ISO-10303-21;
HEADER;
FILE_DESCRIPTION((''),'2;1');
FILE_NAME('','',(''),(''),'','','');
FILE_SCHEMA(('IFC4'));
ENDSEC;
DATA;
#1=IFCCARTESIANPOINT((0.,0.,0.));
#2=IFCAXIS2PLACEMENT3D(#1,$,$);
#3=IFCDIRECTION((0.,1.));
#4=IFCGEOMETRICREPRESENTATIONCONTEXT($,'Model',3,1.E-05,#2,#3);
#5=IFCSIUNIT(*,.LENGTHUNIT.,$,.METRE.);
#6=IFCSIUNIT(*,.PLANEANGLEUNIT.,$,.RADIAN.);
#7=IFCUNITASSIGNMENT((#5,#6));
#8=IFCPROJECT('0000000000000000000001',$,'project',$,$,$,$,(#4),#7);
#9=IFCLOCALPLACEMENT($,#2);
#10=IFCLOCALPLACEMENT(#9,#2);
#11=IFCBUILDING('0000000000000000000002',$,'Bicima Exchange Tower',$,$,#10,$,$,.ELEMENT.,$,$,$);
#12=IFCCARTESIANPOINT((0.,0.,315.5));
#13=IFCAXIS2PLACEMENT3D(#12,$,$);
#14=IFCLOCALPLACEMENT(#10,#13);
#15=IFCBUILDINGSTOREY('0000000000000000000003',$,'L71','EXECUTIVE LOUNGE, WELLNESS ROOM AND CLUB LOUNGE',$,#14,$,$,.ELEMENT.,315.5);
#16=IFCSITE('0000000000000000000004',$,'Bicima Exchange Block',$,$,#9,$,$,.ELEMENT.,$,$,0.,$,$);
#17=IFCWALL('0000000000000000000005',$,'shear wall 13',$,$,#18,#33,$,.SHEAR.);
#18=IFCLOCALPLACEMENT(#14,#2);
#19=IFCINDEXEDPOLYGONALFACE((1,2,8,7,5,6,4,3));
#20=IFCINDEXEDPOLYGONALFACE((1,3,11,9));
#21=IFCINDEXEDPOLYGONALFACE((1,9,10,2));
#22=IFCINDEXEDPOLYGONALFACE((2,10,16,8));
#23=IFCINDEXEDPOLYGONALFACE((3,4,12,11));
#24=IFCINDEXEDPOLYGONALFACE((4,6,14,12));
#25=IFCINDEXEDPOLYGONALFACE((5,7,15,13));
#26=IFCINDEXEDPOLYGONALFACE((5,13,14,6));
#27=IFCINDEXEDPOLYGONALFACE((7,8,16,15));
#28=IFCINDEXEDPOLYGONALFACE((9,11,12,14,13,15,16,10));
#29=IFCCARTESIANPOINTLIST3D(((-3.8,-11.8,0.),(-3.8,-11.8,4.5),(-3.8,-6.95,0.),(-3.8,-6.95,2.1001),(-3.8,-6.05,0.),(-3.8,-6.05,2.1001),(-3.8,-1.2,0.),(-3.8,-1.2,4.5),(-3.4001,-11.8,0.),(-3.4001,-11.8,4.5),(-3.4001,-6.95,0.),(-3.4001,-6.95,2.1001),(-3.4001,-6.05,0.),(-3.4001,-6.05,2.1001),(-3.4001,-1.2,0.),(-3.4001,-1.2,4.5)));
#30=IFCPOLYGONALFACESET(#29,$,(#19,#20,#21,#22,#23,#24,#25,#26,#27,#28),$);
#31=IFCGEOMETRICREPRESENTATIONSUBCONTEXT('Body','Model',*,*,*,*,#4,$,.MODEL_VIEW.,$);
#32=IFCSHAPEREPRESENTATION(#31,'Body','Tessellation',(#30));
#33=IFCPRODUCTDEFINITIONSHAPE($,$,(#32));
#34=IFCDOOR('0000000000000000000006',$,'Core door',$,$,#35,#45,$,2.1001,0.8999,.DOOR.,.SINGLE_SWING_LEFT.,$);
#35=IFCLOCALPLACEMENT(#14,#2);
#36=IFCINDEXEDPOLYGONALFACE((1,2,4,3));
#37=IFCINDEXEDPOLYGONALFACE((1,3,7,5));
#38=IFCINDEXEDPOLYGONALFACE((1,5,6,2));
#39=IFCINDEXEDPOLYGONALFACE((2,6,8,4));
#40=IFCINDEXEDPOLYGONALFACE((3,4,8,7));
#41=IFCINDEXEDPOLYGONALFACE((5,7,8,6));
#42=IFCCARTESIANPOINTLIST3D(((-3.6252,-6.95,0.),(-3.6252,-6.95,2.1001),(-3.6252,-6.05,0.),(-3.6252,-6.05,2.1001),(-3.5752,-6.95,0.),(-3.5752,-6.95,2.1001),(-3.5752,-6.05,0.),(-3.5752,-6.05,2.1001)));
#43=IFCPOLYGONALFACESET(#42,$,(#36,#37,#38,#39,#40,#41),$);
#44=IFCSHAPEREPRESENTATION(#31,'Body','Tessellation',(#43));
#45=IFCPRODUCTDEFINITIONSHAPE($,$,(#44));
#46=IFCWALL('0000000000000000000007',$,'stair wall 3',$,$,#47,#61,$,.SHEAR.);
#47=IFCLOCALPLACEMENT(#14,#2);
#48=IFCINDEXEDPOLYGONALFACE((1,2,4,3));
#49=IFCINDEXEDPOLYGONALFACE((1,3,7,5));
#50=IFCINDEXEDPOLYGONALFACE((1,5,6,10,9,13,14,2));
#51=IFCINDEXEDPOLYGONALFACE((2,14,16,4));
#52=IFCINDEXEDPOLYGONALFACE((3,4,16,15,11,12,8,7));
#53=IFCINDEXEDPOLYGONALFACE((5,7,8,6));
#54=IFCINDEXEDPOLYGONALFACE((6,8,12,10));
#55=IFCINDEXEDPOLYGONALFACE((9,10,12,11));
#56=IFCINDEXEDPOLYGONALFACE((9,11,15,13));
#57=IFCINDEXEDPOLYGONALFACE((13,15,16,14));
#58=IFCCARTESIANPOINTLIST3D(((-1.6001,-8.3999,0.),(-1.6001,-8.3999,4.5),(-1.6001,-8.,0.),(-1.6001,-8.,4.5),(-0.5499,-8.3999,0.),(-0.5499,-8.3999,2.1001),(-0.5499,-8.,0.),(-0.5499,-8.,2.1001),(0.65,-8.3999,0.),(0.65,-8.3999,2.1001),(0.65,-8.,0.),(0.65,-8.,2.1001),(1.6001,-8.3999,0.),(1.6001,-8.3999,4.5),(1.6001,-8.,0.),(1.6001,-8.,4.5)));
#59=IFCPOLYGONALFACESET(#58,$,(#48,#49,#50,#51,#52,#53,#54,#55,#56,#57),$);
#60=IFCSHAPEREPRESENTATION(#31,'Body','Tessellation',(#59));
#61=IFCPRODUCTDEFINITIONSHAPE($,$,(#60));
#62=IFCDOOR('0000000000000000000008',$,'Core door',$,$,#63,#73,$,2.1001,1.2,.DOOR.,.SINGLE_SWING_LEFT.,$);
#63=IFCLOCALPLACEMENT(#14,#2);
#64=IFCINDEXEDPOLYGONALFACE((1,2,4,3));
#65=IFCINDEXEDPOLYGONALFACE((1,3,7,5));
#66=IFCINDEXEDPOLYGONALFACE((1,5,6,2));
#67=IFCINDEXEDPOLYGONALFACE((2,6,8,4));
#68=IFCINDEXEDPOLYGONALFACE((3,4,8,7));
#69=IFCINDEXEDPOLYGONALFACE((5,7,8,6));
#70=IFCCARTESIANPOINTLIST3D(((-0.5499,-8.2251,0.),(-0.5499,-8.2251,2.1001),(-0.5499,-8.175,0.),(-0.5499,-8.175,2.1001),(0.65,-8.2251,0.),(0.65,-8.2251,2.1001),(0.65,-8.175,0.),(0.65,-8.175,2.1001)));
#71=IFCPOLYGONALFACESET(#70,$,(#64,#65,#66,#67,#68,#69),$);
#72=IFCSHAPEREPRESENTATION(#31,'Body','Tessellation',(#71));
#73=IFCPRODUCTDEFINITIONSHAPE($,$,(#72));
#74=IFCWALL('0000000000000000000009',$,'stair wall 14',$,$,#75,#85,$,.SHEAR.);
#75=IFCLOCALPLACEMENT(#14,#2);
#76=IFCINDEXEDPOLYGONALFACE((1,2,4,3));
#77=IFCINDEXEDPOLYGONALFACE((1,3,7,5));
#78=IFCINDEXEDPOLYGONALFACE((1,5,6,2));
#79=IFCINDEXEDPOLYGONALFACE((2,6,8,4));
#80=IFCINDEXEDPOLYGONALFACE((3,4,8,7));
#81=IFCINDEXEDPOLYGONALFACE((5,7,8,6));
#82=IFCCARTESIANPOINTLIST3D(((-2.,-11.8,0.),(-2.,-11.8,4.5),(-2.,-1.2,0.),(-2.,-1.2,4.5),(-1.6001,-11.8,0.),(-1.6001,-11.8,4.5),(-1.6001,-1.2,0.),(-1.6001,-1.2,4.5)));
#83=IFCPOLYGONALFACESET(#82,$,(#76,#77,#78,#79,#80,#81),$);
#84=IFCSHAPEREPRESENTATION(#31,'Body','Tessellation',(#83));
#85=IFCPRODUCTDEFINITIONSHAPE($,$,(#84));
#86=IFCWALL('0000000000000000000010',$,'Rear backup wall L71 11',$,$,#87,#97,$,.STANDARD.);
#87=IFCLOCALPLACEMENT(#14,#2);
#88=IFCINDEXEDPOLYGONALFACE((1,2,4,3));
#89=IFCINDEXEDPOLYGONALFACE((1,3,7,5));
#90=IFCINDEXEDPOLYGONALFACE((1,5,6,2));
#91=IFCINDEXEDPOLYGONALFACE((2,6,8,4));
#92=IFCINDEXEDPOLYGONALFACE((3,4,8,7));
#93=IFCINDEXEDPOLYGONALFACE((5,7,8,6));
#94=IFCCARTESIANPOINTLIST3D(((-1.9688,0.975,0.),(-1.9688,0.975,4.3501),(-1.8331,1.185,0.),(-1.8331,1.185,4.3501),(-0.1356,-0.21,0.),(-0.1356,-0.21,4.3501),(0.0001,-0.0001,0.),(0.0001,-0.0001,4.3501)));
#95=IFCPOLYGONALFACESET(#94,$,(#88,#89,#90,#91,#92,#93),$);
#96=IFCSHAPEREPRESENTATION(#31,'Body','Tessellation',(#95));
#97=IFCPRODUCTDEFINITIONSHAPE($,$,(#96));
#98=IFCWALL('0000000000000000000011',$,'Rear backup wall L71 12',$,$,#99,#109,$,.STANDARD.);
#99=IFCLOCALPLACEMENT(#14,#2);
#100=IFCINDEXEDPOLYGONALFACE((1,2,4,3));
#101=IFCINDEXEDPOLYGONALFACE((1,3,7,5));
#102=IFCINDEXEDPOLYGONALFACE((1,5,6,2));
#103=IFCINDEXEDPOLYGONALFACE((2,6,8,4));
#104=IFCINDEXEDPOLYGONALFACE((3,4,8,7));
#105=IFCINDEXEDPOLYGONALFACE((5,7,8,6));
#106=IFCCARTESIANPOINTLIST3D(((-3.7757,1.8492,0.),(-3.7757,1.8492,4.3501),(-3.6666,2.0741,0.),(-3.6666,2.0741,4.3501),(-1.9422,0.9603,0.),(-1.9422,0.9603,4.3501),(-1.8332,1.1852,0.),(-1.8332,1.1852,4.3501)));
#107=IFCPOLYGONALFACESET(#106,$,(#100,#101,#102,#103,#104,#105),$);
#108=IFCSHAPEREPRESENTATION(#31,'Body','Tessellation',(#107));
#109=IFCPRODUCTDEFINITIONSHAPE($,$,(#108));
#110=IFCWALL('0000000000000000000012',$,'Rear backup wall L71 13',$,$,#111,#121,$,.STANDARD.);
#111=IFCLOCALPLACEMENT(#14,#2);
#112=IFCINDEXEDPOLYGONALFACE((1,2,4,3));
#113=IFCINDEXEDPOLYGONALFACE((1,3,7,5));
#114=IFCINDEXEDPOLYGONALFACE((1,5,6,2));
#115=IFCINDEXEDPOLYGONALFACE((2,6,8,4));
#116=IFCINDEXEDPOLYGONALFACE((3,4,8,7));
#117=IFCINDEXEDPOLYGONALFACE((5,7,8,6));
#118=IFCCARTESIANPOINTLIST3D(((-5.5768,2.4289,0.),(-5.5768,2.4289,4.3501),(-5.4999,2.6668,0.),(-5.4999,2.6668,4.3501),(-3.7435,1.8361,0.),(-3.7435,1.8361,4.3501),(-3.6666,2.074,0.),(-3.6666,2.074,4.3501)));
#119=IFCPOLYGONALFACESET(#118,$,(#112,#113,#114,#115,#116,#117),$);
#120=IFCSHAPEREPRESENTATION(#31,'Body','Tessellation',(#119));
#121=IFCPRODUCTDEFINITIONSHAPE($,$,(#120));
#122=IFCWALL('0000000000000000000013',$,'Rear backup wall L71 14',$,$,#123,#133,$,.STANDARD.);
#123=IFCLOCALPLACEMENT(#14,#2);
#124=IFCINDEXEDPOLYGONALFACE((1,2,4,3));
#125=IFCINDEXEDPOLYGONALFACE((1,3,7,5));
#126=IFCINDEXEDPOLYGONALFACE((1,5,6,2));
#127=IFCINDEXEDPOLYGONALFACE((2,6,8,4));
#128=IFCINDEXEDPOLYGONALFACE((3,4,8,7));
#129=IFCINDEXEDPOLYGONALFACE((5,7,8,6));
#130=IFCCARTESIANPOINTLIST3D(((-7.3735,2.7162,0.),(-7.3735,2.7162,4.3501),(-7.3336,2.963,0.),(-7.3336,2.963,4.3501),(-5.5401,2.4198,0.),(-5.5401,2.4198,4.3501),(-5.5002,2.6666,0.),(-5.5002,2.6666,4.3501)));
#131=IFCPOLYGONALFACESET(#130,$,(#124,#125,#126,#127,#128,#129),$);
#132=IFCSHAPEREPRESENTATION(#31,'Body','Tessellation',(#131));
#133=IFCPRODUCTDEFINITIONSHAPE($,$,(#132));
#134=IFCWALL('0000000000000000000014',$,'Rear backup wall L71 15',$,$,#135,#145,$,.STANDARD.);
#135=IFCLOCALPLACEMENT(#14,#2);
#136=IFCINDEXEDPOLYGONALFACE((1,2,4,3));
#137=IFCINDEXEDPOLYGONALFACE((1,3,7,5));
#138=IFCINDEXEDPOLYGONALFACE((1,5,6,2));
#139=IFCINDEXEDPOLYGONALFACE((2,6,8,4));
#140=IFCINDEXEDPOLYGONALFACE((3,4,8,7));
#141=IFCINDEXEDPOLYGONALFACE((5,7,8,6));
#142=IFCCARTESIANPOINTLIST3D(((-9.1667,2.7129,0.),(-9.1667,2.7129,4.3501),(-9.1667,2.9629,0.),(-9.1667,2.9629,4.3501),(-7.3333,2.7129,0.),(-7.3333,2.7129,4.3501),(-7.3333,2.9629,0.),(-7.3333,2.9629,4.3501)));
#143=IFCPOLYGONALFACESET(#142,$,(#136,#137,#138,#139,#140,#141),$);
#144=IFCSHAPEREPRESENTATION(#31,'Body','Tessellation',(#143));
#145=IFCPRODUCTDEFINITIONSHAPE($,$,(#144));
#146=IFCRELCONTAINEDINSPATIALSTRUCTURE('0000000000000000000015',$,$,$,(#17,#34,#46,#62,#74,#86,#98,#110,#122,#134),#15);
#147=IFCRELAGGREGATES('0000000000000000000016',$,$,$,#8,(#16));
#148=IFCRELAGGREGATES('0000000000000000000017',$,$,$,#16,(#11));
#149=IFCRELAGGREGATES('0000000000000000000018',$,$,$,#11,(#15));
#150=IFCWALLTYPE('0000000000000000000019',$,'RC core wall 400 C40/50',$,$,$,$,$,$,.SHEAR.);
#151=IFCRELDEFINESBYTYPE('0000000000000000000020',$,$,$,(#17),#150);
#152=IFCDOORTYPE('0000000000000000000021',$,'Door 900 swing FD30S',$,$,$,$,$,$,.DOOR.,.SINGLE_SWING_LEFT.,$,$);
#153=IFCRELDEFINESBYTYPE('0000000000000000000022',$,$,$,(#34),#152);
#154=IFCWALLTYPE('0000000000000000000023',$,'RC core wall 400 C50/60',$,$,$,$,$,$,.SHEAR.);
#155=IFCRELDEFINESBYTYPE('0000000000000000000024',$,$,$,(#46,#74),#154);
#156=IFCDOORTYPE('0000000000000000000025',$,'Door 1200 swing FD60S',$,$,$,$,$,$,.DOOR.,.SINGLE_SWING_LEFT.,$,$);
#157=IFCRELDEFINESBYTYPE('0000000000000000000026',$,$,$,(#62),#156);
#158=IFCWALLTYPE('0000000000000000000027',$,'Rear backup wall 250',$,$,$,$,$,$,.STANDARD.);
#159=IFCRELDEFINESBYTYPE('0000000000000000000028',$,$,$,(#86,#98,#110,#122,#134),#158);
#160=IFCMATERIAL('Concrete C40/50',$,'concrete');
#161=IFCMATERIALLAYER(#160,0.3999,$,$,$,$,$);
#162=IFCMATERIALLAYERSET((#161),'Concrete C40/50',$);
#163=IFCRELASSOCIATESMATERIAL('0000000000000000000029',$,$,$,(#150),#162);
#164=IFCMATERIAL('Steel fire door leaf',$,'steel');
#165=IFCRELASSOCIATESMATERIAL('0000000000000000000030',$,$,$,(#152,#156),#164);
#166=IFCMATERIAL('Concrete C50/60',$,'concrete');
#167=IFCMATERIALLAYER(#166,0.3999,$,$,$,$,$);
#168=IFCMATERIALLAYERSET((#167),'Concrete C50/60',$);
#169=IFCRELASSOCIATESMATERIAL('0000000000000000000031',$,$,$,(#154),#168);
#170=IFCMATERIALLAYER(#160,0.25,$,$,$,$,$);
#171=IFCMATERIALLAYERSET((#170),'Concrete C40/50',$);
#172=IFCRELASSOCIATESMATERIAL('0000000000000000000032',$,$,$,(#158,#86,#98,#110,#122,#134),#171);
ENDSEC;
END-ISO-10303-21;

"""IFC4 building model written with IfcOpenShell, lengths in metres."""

from ifc_helpers import new_model, si_unit, direction, frame, frame_2d, origin, place, context, subcontext, project, spatial, rectangle, extrude, material, layer, layer_set, layer_usage, type_object, element, fill, save


model = new_model("IFC4")

# Units and contexts
model_context = context("Model", 3, precision=1e-05, world=origin(), true_north=direction((0.0, 1.0)))
body_context = subcontext(model_context, "Body", "Model", "MODEL_VIEW")
ifc_project = project(units=[si_unit("LENGTHUNIT", "METRE"), si_unit("PLANEANGLEUNIT", "RADIAN")], contexts=[model_context])

# Site, building, storey
site_placement = place(None, origin())
site = spatial("IfcSite", under=ifc_project, at=site_placement, Name="Bicima Exchange Block", CompositionType="ELEMENT", RefElevation=0.0)
building_placement = place(site_placement, origin())
building = spatial("IfcBuilding", under=site, at=building_placement, Name="Bicima Exchange Tower", CompositionType="ELEMENT")
storey_placement = place(building_placement, frame((0.0, 0.0, 315.5)))
storey = spatial("IfcBuildingStorey", under=building, at=storey_placement, Name="L71", Description="EXECUTIVE LOUNGE, WELLNESS ROOM AND CLUB LOUNGE", CompositionType="ELEMENT", Elevation=315.5)

# Shared definitions
ifc_material_1 = material(Name="Concrete C40/50", Category="concrete")

# Walls, openings, doors
ifc_layer_1 = layer(ifc_material_1, 0.3999)
ifc_layer_set_1 = layer_set([ifc_layer_1], Name="Concrete C40/50")
wall_type_1 = type_object("IfcWallType", Name="RC core wall 400 C40/50", PredefinedType="SHEAR", material=ifc_layer_set_1)
ifc_material_2 = material(Name="Steel fire door leaf", Category="steel")
door_type_1 = type_object("IfcDoorType", Name="Door 900 swing FD30S", OperationType="SINGLE_SWING_LEFT", PredefinedType="DOOR", material=ifc_material_2)
wall_1_placement = place(storey_placement, frame((-3.6001, -11.8, 0.0), z_axis=(0.0, 0.0, 1.0), x_axis=(0.0, 1.0, 0.0)))
wall_1 = element("IfcWall", 1, at=wall_1_placement, inside=storey, type_object=wall_type_1, Name="shear wall 13", PredefinedType="SHEAR", context=body_context, shape_type="SweptSolid", body=[
    extrude(rectangle(XDim=10.6001, YDim=0.3999, at=frame_2d((5.3, 0.0))), origin(), (0.0, 0.0, 1.0), 4.5),
])
opening_1_placement = place(wall_1_placement, frame((4.8501, 0.0, 0.0)))
opening_1 = element("IfcOpeningElement", 2, at=opening_1_placement, cuts=wall_1, PredefinedType="OPENING", context=body_context, shape_type="SweptSolid", body=[
    extrude(rectangle(XDim=0.8999, YDim=2.1001, at=frame_2d((0.45, 1.05))), frame((0.0, 0.2119, 0.0), z_axis=(0.0, -1.0, 0.0), x_axis=(1.0, 0.0, 0.0)), (0.0, 0.0, 1.0), 0.4238),
])
door_1_placement = place(opening_1_placement, frame((0.8999, 0.0, 0.0), z_axis=(0.0, 0.0, 1.0), x_axis=(-1.0, 0.0, 0.0)))
door_1 = element("IfcDoor", 3, at=door_1_placement, inside=storey, type_object=door_type_1, Name="Core door", OperationType="SINGLE_SWING_LEFT", OverallHeight=2.1001, OverallWidth=0.8999, PredefinedType="DOOR", context=body_context, shape_type="SweptSolid", body=[
    extrude(rectangle(XDim=0.8999, YDim=2.1001, at=frame_2d((0.45, 1.05))), frame((0.0, 0.0249, 0.0), z_axis=(0.0, -1.0, 0.0), x_axis=(1.0, 0.0, 0.0)), (0.0, 0.0, 1.0), 0.05),
])
fill(opening_1, door_1)
ifc_material_3 = material(Name="Concrete C50/60", Category="concrete")
ifc_layer_2 = layer(ifc_material_3, 0.3999)
ifc_layer_set_2 = layer_set([ifc_layer_2], Name="Concrete C50/60")
wall_type_2 = type_object("IfcWallType", Name="RC core wall 400 C50/60", PredefinedType="SHEAR", material=ifc_layer_set_2)
wall_2_placement = place(storey_placement, frame((-1.6001, -8.2, 0.0), z_axis=(0.0, 0.0, 1.0), x_axis=(1.0, 0.0, 0.0)))
wall_2 = element("IfcWall", 4, at=wall_2_placement, inside=storey, type_object=wall_type_2, Name="stair wall 3", PredefinedType="SHEAR", context=body_context, shape_type="SweptSolid", body=[
    extrude(rectangle(XDim=3.2002, YDim=0.3999, at=frame_2d((1.6001, 0.0))), origin(), (0.0, 0.0, 1.0), 4.5),
])
opening_2_placement = place(wall_2_placement, frame((1.05, 0.0, 0.0)))
opening_2 = element("IfcOpeningElement", 5, at=opening_2_placement, cuts=wall_2, PredefinedType="OPENING", context=body_context, shape_type="SweptSolid", body=[
    extrude(rectangle(XDim=1.2, YDim=2.1001, at=frame_2d((0.6001, 1.05))), frame((0.0, 0.2119, 0.0), z_axis=(0.0, -1.0, 0.0), x_axis=(1.0, 0.0, 0.0)), (0.0, 0.0, 1.0), 0.4238),
])
door_type_2 = type_object("IfcDoorType", Name="Door 1200 swing FD60S", OperationType="SINGLE_SWING_LEFT", PredefinedType="DOOR", material=ifc_material_2)
door_2_placement = place(opening_2_placement, origin())
door_2 = element("IfcDoor", 6, at=door_2_placement, inside=storey, type_object=door_type_2, Name="Core door", OperationType="SINGLE_SWING_LEFT", OverallHeight=2.1001, OverallWidth=1.2, PredefinedType="DOOR", context=body_context, shape_type="SweptSolid", body=[
    extrude(rectangle(XDim=1.2, YDim=2.1001, at=frame_2d((0.6001, 1.05))), frame((0.0, 0.0249, 0.0), z_axis=(0.0, -1.0, 0.0), x_axis=(1.0, 0.0, 0.0)), (0.0, 0.0, 1.0), 0.05),
])
fill(opening_2, door_2)

# Walls
wall_3_placement = place(storey_placement, frame((-1.8, -11.8, 0.0), z_axis=(0.0, 0.0, 1.0), x_axis=(0.0, 1.0, 0.0)))
element("IfcWall", 7, at=wall_3_placement, inside=storey, type_object=wall_type_2, Name="stair wall 14", PredefinedType="SHEAR", context=body_context, shape_type="SweptSolid", body=[
    extrude(rectangle(XDim=10.6001, YDim=0.3999, at=frame_2d((5.3, 0.0))), origin(), (0.0, 0.0, 1.0), 4.5),
])
ifc_layer_3 = layer(ifc_material_1, 0.25)
ifc_layer_set_3 = layer_set([ifc_layer_3], Name="Concrete C40/50")
ifc_layer_usage = layer_usage(ifc_layer_set_3, "AXIS2", "POSITIVE", -0.125)
wall_type_3 = type_object("IfcWallType", Name="Rear backup wall 250", PredefinedType="STANDARD", material=ifc_layer_set_3)
wall_4_placement = place(storey_placement, frame((-0.0679, -0.105, 0.0), z_axis=(0.0, 0.0, 1.0), x_axis=(-0.839813, 0.542876, 0.0)))
element("IfcWall", 8, at=wall_4_placement, inside=storey, type_object=wall_type_3, material=ifc_layer_usage, Name="Rear backup wall L71 11", PredefinedType="STANDARD", context=body_context, shape_type="SweptSolid", body=[
    extrude(rectangle(XDim=2.1829, YDim=0.25, at=frame_2d((1.0913, 0.0))), origin(), (0.0, 0.0, 1.0), 4.3501),
])
wall_5_placement = place(storey_placement, frame((-1.8877, 1.0728, 0.0), z_axis=(0.0, 0.0, 1.0), x_axis=(-0.899824, 0.436253, 0.0)))
element("IfcWall", 9, at=wall_5_placement, inside=storey, type_object=wall_type_3, material=ifc_layer_usage, Name="Rear backup wall L71 12", PredefinedType="STANDARD", context=body_context, shape_type="SweptSolid", body=[
    extrude(rectangle(XDim=2.0376, YDim=0.25, at=frame_2d((1.0188, 0.0))), origin(), (0.0, 0.0, 1.0), 4.3501),
])
wall_6_placement = place(storey_placement, frame((-3.7051, 1.9551, 0.0), z_axis=(0.0, 0.0, 1.0), x_axis=(-0.951496, 0.307662, 0.0)))
element("IfcWall", 10, at=wall_6_placement, inside=storey, type_object=wall_type_3, material=ifc_layer_usage, Name="Rear backup wall L71 13", PredefinedType="STANDARD", context=body_context, shape_type="SweptSolid", body=[
    extrude(rectangle(XDim=1.9268, YDim=0.25, at=frame_2d((0.9634, 0.0))), origin(), (0.0, 0.0, 1.0), 4.3501),
])
wall_7_placement = place(storey_placement, frame((-5.52, 2.5432, 0.0), z_axis=(0.0, 0.0, 1.0), x_axis=(-0.987182, 0.1596, 0.0)))
element("IfcWall", 11, at=wall_7_placement, inside=storey, type_object=wall_type_3, material=ifc_layer_usage, Name="Rear backup wall L71 14", PredefinedType="STANDARD", context=body_context, shape_type="SweptSolid", body=[
    extrude(rectangle(XDim=1.8572, YDim=0.25, at=frame_2d((0.9287, 0.0))), origin(), (0.0, 0.0, 1.0), 4.3501),
])
wall_8_placement = place(storey_placement, frame((-7.3333, 2.8379, 0.0), z_axis=(0.0, 0.0, 1.0), x_axis=(-1.0, 0.0, 0.0)))
element("IfcWall", 12, at=wall_8_placement, inside=storey, type_object=wall_type_3, material=ifc_layer_usage, Name="Rear backup wall L71 15", PredefinedType="STANDARD", context=body_context, shape_type="SweptSolid", body=[
    extrude(rectangle(XDim=1.8335, YDim=0.25, at=frame_2d((0.9167, 0.0))), origin(), (0.0, 0.0, 1.0), 4.3501),
])

save(model, "model.ifc")
